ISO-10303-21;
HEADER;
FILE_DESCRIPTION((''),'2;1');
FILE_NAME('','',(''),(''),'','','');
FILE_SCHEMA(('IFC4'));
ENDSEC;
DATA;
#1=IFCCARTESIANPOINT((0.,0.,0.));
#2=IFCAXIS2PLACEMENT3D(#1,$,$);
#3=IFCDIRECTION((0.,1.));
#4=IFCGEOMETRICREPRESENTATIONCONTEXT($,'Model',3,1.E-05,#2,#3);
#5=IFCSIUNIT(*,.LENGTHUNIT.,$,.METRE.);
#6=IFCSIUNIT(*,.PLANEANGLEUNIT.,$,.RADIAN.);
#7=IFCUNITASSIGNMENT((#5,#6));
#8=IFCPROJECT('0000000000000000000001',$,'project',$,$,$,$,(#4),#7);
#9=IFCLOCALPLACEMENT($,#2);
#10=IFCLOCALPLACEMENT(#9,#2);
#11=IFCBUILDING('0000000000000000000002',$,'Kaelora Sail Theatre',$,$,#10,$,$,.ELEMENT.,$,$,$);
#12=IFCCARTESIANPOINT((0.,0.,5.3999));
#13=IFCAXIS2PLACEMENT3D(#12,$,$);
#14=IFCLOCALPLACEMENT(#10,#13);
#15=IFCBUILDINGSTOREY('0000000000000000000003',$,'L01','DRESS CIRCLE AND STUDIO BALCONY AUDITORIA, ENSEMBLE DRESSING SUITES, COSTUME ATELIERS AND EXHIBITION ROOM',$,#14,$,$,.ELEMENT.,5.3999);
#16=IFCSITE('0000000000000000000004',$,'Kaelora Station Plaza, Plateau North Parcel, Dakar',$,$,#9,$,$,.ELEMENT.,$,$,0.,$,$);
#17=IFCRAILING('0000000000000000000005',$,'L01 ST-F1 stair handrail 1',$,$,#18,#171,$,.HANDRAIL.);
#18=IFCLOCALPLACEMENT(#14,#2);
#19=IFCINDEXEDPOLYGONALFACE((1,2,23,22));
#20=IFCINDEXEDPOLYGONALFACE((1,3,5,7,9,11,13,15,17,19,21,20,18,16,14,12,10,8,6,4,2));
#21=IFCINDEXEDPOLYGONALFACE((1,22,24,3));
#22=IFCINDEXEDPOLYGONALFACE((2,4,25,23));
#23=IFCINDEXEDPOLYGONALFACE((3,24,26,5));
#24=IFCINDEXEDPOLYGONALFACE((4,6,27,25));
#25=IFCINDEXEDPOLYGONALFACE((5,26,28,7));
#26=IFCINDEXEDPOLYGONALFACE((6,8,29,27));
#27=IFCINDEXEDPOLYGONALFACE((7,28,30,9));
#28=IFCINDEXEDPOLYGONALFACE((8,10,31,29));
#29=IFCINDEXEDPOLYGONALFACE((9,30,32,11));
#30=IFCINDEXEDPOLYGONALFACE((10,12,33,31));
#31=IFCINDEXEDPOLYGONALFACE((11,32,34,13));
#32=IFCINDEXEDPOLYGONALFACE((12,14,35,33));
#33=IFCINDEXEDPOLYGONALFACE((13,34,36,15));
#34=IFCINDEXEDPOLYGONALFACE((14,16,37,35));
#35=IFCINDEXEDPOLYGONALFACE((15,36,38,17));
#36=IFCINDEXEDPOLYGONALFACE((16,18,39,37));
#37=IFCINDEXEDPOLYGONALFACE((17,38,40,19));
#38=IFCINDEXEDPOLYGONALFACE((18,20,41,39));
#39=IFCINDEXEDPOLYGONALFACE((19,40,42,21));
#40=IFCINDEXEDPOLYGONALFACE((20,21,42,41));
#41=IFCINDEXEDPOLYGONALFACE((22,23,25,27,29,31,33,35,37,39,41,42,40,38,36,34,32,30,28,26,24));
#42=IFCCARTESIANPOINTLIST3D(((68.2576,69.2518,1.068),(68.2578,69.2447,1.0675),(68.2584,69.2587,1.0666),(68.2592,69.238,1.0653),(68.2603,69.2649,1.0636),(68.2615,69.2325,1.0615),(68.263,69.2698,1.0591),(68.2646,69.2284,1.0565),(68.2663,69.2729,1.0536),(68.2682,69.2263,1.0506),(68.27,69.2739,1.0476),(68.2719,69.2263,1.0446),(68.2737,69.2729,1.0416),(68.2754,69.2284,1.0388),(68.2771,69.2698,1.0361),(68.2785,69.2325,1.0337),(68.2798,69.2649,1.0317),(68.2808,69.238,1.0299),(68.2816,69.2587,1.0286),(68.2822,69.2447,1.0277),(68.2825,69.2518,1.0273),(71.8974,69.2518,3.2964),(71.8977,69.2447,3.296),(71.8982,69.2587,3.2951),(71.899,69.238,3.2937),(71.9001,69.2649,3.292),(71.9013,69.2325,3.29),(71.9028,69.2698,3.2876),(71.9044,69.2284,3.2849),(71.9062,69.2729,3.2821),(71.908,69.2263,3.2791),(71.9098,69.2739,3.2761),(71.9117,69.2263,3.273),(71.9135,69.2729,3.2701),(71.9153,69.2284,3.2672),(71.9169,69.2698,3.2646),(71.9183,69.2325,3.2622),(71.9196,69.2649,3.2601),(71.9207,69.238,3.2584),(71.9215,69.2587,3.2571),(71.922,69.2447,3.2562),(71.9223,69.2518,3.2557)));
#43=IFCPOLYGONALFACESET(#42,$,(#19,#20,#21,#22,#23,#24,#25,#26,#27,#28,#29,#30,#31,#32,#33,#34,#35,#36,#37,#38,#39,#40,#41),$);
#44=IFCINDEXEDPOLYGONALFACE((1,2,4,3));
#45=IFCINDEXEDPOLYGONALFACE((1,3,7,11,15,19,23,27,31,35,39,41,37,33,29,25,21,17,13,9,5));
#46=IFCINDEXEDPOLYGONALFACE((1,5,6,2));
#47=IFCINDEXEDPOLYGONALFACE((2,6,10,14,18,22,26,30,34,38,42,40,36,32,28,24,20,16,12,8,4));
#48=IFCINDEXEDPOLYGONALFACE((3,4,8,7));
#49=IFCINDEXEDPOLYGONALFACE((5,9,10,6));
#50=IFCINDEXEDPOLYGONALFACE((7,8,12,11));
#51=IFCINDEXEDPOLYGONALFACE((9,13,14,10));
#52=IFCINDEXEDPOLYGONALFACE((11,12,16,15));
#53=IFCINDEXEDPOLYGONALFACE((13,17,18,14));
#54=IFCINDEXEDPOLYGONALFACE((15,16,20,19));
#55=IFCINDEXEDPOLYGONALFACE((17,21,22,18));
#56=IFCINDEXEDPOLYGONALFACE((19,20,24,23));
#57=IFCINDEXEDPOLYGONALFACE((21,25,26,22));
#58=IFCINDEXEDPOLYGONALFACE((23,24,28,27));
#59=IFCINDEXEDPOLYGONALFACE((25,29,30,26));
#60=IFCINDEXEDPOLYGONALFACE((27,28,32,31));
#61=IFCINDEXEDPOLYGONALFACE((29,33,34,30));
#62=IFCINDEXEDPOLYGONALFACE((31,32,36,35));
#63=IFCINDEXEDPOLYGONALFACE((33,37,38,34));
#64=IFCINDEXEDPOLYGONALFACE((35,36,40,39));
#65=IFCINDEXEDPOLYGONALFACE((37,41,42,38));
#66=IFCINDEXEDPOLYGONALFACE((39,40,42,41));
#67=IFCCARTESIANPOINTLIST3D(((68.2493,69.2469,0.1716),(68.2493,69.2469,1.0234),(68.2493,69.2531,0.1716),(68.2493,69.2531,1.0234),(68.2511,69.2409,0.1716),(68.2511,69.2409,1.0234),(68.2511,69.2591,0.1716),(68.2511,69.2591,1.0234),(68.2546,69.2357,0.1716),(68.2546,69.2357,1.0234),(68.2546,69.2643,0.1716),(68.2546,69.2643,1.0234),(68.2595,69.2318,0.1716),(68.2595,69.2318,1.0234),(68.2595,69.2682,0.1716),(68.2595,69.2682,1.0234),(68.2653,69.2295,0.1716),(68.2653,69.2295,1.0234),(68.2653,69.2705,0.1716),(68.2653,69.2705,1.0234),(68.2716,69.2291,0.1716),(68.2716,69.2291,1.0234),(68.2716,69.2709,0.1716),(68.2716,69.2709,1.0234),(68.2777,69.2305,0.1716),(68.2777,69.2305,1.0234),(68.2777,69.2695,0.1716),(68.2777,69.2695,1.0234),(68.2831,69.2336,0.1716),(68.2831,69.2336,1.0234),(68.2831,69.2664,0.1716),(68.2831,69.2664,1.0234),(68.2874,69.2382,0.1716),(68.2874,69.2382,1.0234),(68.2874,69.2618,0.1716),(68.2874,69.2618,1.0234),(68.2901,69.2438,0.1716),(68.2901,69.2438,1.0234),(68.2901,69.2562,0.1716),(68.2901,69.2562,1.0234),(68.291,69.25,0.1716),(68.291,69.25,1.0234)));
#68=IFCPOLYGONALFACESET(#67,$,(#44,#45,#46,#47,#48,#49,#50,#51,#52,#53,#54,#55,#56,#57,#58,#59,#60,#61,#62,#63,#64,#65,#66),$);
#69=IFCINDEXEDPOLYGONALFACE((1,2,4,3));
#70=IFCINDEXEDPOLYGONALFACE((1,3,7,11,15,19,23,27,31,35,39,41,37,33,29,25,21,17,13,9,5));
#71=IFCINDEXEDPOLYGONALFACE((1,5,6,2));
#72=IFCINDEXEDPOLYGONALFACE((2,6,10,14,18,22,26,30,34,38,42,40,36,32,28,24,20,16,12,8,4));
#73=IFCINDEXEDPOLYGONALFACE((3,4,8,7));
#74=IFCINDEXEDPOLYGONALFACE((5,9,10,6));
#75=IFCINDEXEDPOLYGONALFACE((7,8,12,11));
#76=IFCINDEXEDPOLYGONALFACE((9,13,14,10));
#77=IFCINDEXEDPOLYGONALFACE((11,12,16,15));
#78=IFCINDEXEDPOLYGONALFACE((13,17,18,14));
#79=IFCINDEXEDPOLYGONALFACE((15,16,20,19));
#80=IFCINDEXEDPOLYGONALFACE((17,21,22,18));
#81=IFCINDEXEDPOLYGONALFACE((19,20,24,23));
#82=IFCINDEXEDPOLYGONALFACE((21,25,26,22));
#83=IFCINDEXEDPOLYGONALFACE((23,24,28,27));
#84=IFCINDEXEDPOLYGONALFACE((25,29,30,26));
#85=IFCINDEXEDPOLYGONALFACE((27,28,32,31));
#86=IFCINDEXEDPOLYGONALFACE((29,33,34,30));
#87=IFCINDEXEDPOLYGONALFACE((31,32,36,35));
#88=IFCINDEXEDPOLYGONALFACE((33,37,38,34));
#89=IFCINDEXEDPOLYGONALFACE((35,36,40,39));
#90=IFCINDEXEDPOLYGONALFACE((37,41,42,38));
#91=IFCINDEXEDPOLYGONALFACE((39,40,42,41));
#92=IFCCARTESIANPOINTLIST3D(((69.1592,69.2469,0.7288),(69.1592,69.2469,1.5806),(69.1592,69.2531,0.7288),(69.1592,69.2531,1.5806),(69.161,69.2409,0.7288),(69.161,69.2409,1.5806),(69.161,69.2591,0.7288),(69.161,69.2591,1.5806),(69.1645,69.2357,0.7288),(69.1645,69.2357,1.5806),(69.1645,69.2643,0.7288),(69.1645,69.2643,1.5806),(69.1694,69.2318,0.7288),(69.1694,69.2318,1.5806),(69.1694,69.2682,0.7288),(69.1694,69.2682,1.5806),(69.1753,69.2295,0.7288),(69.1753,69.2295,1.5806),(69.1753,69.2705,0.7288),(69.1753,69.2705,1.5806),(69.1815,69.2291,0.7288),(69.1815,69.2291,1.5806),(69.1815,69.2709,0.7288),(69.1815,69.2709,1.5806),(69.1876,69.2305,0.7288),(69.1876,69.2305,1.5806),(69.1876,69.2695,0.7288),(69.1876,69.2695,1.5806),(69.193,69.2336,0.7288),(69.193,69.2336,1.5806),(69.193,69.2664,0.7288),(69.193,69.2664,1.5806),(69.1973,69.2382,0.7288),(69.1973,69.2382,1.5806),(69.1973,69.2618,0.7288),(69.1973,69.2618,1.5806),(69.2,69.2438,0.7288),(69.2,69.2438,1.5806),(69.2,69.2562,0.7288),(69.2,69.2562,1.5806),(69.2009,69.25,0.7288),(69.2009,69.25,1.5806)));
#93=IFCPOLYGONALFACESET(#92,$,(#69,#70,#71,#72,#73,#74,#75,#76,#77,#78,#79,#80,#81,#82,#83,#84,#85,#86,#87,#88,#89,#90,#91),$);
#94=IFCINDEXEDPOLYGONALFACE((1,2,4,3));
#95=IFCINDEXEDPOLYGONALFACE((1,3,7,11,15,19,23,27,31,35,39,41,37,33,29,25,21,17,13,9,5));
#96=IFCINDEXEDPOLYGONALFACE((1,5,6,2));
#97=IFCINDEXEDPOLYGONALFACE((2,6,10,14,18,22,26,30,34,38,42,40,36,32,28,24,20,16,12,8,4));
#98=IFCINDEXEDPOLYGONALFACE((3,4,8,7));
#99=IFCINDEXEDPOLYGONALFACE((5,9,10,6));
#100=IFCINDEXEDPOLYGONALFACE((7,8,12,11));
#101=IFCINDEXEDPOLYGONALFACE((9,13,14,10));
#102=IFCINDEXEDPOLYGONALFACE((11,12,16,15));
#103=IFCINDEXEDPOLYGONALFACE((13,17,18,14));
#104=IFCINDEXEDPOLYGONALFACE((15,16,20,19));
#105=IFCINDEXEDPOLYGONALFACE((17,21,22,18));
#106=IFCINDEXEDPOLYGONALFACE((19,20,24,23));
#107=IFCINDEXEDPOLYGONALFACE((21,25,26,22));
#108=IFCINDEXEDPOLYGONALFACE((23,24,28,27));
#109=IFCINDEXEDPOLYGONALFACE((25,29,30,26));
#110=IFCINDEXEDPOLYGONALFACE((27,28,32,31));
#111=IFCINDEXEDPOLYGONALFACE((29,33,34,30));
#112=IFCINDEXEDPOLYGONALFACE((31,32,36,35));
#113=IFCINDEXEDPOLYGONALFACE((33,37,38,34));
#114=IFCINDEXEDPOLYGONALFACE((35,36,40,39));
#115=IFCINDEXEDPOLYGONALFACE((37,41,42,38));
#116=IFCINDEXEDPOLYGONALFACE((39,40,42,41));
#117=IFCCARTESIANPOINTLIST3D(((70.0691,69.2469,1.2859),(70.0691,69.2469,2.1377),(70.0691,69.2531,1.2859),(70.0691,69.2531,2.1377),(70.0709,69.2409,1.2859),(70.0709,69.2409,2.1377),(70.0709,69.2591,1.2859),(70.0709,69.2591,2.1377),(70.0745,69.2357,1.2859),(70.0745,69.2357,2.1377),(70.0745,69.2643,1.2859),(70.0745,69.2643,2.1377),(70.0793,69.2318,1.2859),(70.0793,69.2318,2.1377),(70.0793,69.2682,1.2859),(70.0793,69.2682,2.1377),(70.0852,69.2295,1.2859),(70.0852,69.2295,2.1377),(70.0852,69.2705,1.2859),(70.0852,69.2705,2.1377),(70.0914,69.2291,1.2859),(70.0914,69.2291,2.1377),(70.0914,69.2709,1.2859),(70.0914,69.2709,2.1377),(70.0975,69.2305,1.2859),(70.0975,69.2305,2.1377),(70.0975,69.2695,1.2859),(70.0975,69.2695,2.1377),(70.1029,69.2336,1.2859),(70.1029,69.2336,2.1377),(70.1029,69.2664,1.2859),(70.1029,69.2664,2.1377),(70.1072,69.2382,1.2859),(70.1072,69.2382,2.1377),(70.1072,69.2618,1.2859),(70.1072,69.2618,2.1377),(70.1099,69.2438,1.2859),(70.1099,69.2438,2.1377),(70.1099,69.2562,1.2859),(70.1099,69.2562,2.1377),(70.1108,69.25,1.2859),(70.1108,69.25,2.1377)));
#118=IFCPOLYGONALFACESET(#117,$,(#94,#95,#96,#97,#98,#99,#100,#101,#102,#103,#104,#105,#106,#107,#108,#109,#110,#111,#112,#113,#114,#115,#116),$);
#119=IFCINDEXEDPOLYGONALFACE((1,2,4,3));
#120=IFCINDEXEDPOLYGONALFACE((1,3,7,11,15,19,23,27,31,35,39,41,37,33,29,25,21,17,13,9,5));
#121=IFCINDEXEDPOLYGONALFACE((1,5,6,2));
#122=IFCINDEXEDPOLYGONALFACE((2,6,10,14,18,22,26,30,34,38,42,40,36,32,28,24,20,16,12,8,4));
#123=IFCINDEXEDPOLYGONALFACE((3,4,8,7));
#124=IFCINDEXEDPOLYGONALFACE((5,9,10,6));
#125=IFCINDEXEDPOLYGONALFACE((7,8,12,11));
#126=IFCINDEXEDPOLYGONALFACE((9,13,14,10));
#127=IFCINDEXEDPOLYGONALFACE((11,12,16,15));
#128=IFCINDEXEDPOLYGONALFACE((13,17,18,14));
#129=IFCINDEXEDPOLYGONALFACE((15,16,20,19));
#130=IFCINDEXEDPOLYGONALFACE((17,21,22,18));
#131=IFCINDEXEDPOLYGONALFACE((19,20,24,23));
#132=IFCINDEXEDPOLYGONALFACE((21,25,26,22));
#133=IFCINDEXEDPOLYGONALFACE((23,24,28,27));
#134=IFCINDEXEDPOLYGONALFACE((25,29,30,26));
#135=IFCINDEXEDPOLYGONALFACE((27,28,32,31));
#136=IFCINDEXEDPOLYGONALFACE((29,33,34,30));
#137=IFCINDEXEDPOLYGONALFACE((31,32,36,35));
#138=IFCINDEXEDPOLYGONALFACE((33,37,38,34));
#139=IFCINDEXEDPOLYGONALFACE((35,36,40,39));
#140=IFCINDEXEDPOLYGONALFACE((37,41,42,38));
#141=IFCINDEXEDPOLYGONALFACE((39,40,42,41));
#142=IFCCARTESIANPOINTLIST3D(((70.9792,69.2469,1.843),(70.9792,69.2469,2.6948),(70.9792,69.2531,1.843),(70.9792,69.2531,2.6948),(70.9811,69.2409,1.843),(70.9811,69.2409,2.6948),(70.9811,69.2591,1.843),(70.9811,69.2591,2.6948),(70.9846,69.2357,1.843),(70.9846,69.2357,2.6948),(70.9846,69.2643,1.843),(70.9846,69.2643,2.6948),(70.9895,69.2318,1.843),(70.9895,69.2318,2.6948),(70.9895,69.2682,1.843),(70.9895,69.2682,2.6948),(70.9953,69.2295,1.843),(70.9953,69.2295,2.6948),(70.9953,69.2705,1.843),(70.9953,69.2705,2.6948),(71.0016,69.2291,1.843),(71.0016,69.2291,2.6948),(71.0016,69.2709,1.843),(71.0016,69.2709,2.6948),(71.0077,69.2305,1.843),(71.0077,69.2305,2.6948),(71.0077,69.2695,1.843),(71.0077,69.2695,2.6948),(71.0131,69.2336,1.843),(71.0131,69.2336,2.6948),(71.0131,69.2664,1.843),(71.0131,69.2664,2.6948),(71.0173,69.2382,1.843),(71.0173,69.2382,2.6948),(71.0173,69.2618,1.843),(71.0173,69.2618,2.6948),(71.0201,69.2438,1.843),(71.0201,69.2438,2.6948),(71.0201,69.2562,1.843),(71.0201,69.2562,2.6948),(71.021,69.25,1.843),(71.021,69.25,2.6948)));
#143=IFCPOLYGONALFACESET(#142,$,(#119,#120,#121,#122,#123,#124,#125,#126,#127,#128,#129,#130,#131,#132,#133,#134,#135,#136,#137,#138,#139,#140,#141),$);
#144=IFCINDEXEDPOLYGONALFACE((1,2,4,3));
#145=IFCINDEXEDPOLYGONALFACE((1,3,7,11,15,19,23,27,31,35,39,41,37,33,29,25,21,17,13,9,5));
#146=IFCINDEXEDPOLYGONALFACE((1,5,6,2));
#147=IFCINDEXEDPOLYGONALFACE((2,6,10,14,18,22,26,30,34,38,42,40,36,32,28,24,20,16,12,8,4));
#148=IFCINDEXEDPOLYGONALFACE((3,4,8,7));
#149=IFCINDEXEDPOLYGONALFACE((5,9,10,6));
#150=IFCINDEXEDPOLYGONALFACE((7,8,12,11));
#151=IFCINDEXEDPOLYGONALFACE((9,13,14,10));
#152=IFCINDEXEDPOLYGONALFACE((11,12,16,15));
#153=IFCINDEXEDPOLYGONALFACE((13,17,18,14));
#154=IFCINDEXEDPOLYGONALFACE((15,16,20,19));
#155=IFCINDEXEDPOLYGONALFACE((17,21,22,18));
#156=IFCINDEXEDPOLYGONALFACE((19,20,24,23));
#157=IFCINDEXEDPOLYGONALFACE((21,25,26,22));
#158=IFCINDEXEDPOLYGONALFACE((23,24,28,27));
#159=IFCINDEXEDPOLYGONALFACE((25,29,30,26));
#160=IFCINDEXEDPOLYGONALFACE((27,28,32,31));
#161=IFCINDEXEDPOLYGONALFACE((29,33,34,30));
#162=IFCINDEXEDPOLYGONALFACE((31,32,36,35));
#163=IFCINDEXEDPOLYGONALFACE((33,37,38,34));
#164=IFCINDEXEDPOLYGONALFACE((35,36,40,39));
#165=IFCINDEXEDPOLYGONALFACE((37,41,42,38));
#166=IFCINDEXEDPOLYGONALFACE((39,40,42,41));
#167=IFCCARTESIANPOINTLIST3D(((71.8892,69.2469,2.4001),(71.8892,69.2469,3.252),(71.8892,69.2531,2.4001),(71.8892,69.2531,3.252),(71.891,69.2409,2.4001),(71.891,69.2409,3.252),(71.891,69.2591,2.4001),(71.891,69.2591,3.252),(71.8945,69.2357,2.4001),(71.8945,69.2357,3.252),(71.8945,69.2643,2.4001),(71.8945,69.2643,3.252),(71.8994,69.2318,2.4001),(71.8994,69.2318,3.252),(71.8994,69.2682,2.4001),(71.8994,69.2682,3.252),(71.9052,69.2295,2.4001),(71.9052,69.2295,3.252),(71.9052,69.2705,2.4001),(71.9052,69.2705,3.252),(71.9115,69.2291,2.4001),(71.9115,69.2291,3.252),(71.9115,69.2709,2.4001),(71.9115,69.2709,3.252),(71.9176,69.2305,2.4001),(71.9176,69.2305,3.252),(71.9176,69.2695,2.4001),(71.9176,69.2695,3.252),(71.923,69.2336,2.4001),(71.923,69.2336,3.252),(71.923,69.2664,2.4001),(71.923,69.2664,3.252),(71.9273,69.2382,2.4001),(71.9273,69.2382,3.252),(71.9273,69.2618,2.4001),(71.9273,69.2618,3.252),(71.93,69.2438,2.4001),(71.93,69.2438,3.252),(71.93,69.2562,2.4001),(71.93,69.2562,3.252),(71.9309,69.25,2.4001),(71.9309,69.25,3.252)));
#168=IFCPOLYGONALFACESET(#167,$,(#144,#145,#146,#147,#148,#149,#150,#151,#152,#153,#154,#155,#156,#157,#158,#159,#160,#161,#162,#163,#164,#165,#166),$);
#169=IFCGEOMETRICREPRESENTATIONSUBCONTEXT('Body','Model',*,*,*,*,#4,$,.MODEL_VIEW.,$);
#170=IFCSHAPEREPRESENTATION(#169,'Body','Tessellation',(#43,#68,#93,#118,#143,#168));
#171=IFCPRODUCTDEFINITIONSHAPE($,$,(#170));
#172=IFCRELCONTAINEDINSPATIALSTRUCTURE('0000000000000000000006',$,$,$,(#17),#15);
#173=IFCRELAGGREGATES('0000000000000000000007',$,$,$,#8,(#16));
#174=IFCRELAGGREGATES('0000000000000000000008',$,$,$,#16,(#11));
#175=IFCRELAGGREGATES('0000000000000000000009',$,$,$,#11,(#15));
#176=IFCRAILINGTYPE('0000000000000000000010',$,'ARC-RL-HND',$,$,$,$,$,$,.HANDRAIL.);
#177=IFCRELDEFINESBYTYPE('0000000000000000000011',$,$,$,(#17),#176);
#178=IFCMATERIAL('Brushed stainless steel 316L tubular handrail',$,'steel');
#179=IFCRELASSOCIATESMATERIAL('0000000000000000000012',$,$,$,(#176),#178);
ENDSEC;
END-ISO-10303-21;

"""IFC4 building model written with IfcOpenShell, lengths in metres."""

from ifc_helpers import new_model, si_unit, direction, frame, origin, origin_2d, place, context, subcontext, project, spatial, circle, extrude, material, type_object, element, save


model = new_model("IFC4")

# Units and contexts
model_context = context("Model", 3, precision=1e-05, world=origin(), true_north=direction((0.0, 1.0)))
body_context = subcontext(model_context, "Body", "Model", "MODEL_VIEW")
ifc_project = project(units=[si_unit("LENGTHUNIT", "METRE"), si_unit("PLANEANGLEUNIT", "RADIAN")], contexts=[model_context])

# Site, building, storey
site_placement = place(None, origin())
site = spatial("IfcSite", under=ifc_project, at=site_placement, Name="Kaelora Station Plaza, Plateau North Parcel, Dakar", CompositionType="ELEMENT", RefElevation=0.0)
building_placement = place(site_placement, origin())
building = spatial("IfcBuilding", under=site, at=building_placement, Name="Kaelora Sail Theatre", CompositionType="ELEMENT")
storey_placement = place(building_placement, frame((0.0, 0.0, 5.3999)))
storey = spatial("IfcBuildingStorey", under=building, at=storey_placement, Name="L01", Description="DRESS CIRCLE AND STUDIO BALCONY AUDITORIA, ENSEMBLE DRESSING SUITES, COSTUME ATELIERS AND EXHIBITION ROOM", CompositionType="ELEMENT", Elevation=5.3999)

# Railing
ifc_material_1 = material(Name="Brushed stainless steel 316L tubular handrail", Category="steel")
railing_type_1 = type_object("IfcRailingType", Name="ARC-RL-HND", PredefinedType="HANDRAIL", material=ifc_material_1)
railing_1_placement = place(storey_placement, frame((68.27, 69.25, 0.1716)))
element("IfcRailing", 1, at=railing_1_placement, inside=storey, type_object=railing_type_1, Name="L01 ST-F1 stair handrail 1", PredefinedType="HANDRAIL", context=body_context, shape_type="SweptSolid", body=[
    extrude(circle(Radius=0.0239, at=origin_2d()), frame((0.0, 0.0, 0.876), z_axis=(0.85285, 0.0, 0.522156), x_axis=(0.0, 1.0, 0.0)), (0.0, 0.0, 1.0), 4.2678),
    extrude(circle(Radius=0.021, at=origin_2d()), origin(), (0.0, 0.0, 1.0), 0.8518),
    extrude(circle(Radius=0.021, at=origin_2d()), frame((0.9099, 0.0, 0.5571)), (0.0, 0.0, 1.0), 0.8518),
    extrude(circle(Radius=0.021, at=origin_2d()), frame((1.8198, 0.0, 1.1143)), (0.0, 0.0, 1.0), 0.8518),
    extrude(circle(Radius=0.021, at=origin_2d()), frame((2.73, 0.0, 1.6714)), (0.0, 0.0, 1.0), 0.8518),
    extrude(circle(Radius=0.021, at=origin_2d()), frame((3.6399, 0.0, 2.2285)), (0.0, 0.0, 1.0), 0.8518),
])

save(model, "model.ifc")
